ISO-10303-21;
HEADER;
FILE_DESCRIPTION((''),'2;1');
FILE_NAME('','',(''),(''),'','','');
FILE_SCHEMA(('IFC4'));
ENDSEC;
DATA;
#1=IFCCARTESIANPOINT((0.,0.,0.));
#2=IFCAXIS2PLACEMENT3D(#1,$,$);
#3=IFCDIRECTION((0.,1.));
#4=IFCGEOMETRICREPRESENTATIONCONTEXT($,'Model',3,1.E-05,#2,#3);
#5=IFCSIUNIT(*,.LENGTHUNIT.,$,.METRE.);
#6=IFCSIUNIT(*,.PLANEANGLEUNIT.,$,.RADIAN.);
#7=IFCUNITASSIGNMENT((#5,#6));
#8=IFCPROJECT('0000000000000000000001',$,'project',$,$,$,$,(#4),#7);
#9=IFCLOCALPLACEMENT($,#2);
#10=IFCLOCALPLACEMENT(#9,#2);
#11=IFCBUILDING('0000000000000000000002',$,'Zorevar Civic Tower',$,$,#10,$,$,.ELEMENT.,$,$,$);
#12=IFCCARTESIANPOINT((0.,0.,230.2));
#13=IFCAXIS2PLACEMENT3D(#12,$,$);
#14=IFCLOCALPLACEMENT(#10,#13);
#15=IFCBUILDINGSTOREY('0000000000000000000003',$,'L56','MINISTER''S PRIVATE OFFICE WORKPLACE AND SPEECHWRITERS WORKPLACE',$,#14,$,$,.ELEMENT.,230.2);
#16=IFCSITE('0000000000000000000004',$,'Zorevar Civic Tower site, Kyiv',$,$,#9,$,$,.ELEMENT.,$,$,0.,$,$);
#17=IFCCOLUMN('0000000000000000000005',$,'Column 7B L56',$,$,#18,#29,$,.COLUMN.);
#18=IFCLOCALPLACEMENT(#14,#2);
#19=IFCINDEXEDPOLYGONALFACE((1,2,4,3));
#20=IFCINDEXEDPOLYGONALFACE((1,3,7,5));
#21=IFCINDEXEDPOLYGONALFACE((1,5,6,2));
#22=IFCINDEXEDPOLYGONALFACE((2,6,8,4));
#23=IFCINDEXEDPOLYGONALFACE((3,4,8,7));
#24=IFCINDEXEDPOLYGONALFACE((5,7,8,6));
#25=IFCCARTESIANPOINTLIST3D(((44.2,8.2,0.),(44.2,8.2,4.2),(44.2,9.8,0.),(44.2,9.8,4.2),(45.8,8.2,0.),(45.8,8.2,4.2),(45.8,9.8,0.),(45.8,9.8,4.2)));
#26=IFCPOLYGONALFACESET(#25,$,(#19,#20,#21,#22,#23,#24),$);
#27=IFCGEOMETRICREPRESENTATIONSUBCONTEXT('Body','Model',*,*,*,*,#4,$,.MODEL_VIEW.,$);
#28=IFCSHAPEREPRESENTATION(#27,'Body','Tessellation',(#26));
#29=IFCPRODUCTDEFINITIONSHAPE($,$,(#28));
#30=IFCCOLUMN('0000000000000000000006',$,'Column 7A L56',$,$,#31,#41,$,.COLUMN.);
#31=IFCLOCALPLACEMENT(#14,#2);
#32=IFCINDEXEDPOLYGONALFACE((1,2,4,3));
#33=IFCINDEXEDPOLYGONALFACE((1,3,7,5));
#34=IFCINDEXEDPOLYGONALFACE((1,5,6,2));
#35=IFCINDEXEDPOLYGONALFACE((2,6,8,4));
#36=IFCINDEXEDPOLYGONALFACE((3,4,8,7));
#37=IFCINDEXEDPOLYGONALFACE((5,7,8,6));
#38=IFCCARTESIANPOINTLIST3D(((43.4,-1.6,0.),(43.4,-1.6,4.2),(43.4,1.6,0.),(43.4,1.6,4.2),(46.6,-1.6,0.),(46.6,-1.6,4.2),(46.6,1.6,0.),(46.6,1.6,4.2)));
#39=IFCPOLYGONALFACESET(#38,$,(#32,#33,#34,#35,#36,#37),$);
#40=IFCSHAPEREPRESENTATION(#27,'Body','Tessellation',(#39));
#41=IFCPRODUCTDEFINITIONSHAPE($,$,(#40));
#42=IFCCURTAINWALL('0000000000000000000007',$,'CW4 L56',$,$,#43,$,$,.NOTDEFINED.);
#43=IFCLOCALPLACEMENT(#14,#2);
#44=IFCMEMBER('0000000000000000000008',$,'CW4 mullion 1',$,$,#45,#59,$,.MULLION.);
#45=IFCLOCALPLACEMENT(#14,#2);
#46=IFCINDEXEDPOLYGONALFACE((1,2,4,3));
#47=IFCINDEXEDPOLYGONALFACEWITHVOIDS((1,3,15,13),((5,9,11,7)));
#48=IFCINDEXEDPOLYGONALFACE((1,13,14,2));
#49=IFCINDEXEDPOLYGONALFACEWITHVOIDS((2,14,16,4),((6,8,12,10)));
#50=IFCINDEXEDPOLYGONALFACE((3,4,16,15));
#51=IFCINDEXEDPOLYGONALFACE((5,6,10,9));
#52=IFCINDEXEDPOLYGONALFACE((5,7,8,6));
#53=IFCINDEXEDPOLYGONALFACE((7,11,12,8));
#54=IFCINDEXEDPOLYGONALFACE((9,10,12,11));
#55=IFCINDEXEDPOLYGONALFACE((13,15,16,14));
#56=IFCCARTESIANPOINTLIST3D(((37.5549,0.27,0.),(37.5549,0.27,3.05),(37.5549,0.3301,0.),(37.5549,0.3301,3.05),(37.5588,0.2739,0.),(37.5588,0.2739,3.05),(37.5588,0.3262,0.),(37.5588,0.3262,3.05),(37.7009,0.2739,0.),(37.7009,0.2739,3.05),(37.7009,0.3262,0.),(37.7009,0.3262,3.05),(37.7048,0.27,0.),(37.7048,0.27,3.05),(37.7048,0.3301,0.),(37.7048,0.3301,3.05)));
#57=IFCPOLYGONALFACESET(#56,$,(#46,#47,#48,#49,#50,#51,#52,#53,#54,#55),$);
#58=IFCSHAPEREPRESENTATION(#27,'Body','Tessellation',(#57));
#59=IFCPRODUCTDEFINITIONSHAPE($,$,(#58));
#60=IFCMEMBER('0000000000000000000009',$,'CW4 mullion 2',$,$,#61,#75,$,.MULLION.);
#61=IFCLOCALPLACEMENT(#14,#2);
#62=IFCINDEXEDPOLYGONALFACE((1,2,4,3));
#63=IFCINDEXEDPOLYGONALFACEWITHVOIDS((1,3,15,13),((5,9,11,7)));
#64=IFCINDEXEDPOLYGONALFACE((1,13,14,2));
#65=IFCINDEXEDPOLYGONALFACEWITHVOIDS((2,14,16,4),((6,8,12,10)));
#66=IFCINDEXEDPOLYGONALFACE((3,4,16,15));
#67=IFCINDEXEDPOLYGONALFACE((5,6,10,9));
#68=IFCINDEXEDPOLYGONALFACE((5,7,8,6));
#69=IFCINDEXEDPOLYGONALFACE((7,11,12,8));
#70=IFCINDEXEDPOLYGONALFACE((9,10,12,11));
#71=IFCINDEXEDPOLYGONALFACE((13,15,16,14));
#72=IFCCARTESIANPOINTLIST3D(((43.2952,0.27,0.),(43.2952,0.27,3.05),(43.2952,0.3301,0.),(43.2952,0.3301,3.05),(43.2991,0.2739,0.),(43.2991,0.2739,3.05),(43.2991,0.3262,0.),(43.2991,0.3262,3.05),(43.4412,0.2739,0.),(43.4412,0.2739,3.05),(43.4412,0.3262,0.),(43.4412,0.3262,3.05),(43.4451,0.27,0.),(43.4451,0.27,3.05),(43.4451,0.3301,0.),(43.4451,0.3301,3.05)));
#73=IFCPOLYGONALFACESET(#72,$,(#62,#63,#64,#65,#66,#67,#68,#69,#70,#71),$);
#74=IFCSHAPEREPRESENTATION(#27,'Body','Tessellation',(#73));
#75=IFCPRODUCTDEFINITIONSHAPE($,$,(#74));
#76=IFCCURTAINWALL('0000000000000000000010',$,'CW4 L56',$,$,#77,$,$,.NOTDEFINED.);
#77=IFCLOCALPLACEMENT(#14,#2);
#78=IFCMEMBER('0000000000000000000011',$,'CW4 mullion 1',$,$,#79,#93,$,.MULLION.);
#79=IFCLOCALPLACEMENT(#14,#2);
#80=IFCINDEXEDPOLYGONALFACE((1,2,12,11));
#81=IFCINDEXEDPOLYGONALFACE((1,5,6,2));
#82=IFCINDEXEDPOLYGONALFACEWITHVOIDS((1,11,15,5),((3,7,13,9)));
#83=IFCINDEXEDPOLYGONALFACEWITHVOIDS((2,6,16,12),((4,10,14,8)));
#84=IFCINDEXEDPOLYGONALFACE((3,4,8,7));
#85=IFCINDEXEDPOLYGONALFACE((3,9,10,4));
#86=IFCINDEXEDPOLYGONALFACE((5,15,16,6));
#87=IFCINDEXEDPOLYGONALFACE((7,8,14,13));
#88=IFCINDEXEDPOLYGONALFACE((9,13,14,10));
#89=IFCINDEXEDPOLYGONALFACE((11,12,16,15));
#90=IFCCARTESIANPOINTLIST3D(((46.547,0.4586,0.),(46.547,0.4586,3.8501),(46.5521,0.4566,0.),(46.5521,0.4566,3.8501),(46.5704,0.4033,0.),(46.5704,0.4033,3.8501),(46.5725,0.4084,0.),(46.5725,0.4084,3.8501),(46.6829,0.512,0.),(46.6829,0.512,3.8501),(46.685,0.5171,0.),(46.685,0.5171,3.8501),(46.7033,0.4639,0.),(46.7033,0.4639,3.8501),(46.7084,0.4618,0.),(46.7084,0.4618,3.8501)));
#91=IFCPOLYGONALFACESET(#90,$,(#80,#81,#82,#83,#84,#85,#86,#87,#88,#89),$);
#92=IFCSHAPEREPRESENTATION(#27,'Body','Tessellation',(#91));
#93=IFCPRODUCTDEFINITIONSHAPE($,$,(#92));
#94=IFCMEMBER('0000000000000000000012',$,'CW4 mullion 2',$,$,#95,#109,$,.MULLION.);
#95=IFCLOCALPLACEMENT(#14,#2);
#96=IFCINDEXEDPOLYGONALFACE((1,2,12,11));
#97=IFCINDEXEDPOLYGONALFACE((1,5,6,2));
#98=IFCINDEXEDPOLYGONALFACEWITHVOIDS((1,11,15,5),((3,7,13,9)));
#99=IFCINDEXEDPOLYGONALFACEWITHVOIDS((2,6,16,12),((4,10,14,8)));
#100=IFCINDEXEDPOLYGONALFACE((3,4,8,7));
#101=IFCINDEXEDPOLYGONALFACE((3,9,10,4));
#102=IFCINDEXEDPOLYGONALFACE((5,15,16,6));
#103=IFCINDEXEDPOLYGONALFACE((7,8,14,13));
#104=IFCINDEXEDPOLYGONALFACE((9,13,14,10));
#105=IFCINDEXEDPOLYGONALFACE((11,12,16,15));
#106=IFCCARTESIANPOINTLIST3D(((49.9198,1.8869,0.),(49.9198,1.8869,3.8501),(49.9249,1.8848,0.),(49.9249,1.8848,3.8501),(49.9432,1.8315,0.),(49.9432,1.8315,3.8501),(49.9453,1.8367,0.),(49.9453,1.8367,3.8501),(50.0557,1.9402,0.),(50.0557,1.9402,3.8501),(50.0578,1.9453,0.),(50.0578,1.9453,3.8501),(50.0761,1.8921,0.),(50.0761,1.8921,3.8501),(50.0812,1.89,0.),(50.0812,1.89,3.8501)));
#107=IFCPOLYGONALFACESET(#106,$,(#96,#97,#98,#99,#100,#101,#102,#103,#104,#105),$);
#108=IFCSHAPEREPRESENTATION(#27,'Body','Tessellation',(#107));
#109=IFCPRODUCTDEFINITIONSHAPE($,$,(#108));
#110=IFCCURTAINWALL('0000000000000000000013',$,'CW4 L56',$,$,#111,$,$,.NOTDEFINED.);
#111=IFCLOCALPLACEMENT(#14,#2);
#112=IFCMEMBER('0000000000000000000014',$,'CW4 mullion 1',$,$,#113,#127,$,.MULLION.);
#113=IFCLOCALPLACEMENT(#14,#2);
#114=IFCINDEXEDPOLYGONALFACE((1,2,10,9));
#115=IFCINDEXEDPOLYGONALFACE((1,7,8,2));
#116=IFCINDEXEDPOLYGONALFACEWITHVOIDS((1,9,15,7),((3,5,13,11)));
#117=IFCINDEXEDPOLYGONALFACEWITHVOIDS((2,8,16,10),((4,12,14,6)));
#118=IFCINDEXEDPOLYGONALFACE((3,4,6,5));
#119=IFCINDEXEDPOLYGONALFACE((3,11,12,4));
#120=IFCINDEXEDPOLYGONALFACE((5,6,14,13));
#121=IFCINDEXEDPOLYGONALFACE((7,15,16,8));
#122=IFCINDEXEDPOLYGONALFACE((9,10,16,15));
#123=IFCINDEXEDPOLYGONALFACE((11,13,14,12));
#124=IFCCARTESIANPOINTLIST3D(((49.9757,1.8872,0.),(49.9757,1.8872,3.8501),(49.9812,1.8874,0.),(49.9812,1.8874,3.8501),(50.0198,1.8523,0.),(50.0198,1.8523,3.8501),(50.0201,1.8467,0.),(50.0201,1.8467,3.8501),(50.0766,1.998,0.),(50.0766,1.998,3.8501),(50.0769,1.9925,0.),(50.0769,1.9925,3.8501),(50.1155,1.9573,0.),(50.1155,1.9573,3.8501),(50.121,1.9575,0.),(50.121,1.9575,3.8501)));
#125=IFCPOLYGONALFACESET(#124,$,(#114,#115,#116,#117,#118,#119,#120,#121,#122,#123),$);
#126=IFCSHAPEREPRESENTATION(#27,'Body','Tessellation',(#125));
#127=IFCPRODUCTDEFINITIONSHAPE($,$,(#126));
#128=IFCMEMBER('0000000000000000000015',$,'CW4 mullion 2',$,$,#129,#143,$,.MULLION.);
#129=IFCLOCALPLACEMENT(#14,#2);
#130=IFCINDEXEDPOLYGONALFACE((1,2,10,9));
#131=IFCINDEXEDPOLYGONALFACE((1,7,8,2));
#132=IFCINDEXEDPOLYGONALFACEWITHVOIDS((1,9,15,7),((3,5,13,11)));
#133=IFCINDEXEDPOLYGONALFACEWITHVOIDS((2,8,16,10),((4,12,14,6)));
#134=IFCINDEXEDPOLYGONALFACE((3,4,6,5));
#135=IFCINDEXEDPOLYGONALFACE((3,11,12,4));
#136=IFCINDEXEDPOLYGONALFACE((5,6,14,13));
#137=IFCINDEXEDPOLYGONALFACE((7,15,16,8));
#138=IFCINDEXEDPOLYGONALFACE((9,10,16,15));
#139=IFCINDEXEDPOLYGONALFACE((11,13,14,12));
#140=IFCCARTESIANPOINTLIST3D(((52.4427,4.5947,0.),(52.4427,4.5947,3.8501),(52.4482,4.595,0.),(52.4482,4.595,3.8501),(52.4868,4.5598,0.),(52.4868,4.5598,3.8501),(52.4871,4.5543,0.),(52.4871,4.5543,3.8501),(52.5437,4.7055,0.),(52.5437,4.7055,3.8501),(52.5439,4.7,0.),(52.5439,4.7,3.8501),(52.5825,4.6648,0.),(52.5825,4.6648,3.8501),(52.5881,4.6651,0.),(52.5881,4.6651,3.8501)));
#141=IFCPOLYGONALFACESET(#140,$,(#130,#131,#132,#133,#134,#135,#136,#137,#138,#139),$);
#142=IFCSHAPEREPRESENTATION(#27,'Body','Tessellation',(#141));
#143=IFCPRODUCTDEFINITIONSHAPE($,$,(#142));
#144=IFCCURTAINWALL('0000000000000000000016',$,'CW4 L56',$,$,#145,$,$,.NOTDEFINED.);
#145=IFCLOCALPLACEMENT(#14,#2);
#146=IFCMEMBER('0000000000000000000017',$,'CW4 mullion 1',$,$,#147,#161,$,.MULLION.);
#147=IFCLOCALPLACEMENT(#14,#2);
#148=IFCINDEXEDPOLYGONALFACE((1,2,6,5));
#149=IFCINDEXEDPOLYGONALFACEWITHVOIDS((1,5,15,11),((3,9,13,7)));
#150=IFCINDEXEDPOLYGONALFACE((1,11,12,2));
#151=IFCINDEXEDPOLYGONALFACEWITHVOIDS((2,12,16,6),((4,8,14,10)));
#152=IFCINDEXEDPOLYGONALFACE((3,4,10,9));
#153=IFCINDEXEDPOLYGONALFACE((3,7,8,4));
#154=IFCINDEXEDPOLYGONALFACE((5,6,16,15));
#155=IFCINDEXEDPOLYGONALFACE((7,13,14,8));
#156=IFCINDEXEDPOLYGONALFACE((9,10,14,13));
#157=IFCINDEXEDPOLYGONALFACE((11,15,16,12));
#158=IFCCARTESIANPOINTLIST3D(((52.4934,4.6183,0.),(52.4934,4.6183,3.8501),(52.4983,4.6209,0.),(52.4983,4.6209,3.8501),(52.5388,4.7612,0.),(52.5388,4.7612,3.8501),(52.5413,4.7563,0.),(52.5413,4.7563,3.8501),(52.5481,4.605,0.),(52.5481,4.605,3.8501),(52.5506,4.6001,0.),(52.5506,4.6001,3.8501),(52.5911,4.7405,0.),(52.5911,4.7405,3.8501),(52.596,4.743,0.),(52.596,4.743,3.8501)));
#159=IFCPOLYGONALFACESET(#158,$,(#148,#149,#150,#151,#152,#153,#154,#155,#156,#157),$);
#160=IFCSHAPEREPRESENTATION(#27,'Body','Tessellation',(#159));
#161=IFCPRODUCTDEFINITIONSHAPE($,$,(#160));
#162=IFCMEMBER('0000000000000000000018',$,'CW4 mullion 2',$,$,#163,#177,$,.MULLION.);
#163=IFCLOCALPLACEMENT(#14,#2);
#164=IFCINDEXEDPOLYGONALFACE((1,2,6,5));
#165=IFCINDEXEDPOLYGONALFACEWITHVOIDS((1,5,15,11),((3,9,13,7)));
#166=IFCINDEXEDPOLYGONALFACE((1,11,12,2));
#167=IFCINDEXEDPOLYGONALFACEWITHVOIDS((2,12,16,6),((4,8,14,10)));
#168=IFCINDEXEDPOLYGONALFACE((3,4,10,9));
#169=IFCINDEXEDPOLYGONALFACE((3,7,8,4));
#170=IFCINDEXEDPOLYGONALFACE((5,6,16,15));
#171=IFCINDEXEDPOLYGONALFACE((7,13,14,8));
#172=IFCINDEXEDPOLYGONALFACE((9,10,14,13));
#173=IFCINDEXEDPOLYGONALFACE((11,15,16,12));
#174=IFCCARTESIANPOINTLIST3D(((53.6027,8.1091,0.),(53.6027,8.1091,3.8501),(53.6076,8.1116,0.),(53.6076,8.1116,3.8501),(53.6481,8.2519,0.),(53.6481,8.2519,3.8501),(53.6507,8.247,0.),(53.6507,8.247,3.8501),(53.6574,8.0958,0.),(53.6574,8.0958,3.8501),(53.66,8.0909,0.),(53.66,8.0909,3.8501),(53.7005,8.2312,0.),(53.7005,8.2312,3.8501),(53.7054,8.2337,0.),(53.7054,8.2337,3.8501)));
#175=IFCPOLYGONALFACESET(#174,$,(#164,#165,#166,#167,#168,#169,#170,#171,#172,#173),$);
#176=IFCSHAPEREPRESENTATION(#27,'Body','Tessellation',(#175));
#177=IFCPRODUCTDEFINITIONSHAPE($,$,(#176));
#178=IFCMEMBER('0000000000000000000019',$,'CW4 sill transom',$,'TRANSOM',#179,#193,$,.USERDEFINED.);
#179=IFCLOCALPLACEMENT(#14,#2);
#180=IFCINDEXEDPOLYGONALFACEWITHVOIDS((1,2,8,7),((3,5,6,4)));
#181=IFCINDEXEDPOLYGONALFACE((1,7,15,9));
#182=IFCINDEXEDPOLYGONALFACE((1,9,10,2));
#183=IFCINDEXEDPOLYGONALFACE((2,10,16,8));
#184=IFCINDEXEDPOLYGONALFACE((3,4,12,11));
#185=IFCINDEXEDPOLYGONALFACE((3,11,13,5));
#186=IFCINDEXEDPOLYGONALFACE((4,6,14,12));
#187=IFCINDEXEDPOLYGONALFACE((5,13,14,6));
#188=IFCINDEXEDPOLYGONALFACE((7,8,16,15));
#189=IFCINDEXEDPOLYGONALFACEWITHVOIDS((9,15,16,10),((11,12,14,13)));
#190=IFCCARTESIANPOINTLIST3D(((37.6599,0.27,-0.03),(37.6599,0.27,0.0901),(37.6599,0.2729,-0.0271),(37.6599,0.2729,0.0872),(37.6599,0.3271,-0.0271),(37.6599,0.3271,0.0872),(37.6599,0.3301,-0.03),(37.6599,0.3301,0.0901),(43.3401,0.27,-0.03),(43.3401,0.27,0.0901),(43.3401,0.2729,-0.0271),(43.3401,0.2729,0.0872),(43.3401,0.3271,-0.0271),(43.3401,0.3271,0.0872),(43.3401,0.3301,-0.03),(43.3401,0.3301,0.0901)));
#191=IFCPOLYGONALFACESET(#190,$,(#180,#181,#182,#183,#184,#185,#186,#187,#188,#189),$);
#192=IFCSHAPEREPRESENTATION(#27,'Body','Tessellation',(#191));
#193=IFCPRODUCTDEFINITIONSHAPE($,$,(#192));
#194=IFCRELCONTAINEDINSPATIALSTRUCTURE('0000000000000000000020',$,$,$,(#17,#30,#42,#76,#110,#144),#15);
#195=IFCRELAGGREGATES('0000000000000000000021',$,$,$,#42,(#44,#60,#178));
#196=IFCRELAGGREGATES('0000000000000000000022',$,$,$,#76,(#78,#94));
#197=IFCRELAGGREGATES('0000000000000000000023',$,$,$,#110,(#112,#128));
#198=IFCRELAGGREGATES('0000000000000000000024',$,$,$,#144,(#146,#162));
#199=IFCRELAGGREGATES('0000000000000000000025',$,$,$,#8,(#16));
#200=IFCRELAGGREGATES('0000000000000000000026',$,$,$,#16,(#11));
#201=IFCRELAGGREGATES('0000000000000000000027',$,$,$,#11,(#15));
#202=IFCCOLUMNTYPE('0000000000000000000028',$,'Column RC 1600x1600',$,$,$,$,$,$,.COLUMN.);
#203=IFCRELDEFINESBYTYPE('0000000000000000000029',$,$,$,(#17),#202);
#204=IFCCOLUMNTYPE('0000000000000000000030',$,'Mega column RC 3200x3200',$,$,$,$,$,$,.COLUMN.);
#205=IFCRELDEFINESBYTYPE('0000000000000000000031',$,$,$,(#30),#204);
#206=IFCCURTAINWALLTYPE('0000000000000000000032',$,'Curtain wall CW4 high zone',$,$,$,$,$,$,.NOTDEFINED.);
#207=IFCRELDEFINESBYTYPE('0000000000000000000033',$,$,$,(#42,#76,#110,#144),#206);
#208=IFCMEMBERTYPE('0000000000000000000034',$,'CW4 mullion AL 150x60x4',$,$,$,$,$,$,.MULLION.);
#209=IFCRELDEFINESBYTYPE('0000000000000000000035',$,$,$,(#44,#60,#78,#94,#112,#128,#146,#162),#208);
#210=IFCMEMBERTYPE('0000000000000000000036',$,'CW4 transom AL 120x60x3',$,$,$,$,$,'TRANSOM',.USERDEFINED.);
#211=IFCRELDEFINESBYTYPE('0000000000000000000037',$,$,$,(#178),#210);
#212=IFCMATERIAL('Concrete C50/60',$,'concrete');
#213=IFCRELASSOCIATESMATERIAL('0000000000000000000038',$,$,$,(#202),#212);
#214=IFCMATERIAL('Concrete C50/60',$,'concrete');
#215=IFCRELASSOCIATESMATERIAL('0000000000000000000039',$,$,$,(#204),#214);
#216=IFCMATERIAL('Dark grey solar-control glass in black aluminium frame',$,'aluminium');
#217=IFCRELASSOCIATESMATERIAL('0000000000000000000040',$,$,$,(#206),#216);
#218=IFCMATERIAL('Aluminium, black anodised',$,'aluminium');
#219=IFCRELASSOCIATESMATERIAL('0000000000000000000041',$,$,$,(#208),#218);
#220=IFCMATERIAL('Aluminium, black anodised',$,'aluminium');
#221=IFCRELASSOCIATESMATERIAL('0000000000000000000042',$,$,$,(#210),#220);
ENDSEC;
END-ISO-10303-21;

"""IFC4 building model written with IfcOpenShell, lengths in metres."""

from ifc_helpers import new_model, si_unit, direction, frame, origin, origin_2d, place, context, subcontext, project, spatial, rectangle, hollow_rectangle, extrude, material, material_profile, profile_set, type_object, element, aggregate, save


model = new_model("IFC4")

# Units and contexts
model_context = context("Model", 3, precision=1e-05, world=origin(), true_north=direction((0.0, 1.0)))
body_context = subcontext(model_context, "Body", "Model", "MODEL_VIEW")
ifc_project = project(units=[si_unit("LENGTHUNIT", "METRE"), si_unit("PLANEANGLEUNIT", "RADIAN")], contexts=[model_context])

# Site, building, storey
site_placement = place(None, origin())
site = spatial("IfcSite", under=ifc_project, at=site_placement, Name="Zorevar Civic Tower site, Kyiv", CompositionType="ELEMENT", RefElevation=0.0)
building_placement = place(site_placement, origin())
building = spatial("IfcBuilding", under=site, at=building_placement, Name="Zorevar Civic Tower", CompositionType="ELEMENT")
storey_placement = place(building_placement, frame((0.0, 0.0, 230.2)))
storey = spatial("IfcBuildingStorey", under=building, at=storey_placement, Name="L56", Description="MINISTER'S PRIVATE OFFICE WORKPLACE AND SPEECHWRITERS WORKPLACE", CompositionType="ELEMENT", Elevation=230.2)

# Columns
ifc_material_1 = material(Name="Concrete C50/60", Category="concrete")
ifc_material_profile_1 = material_profile(ifc_material_1, rectangle(XDim=1.6001, YDim=1.6001, at=origin_2d()), Name="RC 1600x1600")
ifc_profile_set_1 = profile_set([ifc_material_profile_1], Name="Concrete C50/60")
column_type_1 = type_object("IfcColumnType", Name="Column RC 1600x1600", PredefinedType="COLUMN", material=ifc_profile_set_1)
column_1_placement = place(storey_placement, frame((45.0, 9.0, 0.0), z_axis=(0.0, 0.0, 1.0), x_axis=(1.0, 0.0, 0.0)))
element("IfcColumn", 1, at=column_1_placement, inside=storey, type_object=column_type_1, Name="Column 7B L56", PredefinedType="COLUMN", context=body_context, shape_type="SweptSolid", body=[
    extrude(rectangle(XDim=1.6001, YDim=1.6001, at=origin_2d()), origin(), (0.0, 0.0, 1.0), 4.2),
])
ifc_material_2 = material(Name="Concrete C50/60", Category="concrete")
ifc_material_profile_2 = material_profile(ifc_material_2, rectangle(XDim=3.2, YDim=3.2, at=origin_2d()), Name="RC 3200x3200")
ifc_profile_set_2 = profile_set([ifc_material_profile_2], Name="Concrete C50/60")
column_type_2 = type_object("IfcColumnType", Name="Mega column RC 3200x3200", PredefinedType="COLUMN", material=ifc_profile_set_2)
column_2_placement = place(storey_placement, frame((45.0, 0.0, 0.0), z_axis=(0.0, 0.0, 1.0), x_axis=(1.0, 0.0, 0.0)))
element("IfcColumn", 2, at=column_2_placement, inside=storey, type_object=column_type_2, Name="Column 7A L56", PredefinedType="COLUMN", context=body_context, shape_type="SweptSolid", body=[
    extrude(rectangle(XDim=3.2, YDim=3.2, at=origin_2d()), origin(), (0.0, 0.0, 1.0), 4.2),
])

# Curtain walls, members
ifc_material_3 = material(Name="Dark grey solar-control glass in black aluminium frame", Category="aluminium")
curtain_wall_type = type_object("IfcCurtainWallType", Name="Curtain wall CW4 high zone", PredefinedType="NOTDEFINED", material=ifc_material_3)
curtain_wall_1_placement = place(storey_placement, origin())
curtain_wall_1 = element("IfcCurtainWall", 3, at=curtain_wall_1_placement, inside=storey, type_object=curtain_wall_type, Name="CW4 L56", PredefinedType="NOTDEFINED")
ifc_material_4 = material(Name="Aluminium, black anodised", Category="aluminium")
ifc_material_profile_3 = material_profile(ifc_material_4, hollow_rectangle(XDim=0.0601, YDim=0.1499, WallThickness=0.0039, at=origin_2d()), Name="AL 150x60x4")
ifc_profile_set_3 = profile_set([ifc_material_profile_3], Name="Aluminium, black anodised")
member_type_1 = type_object("IfcMemberType", Name="CW4 mullion AL 150x60x4", PredefinedType="MULLION", material=ifc_profile_set_3)
member_1_placement = place(storey_placement, frame((37.6299, 0.3, 0.0), z_axis=(0.0, 0.0, 1.0), x_axis=(0.0, 1.0, 0.0)))
member_1 = element("IfcMember", 4, at=member_1_placement, type_object=member_type_1, Name="CW4 mullion 1", PredefinedType="MULLION", context=body_context, shape_type="SweptSolid", body=[
    extrude(hollow_rectangle(XDim=0.0601, YDim=0.1499, WallThickness=0.0039, at=origin_2d()), origin(), (0.0, 0.0, 1.0), 3.05),
])
member_2_placement = place(storey_placement, frame((43.3701, 0.3, 0.0), z_axis=(0.0, 0.0, 1.0), x_axis=(0.0, 1.0, 0.0)))
member_2 = element("IfcMember", 5, at=member_2_placement, type_object=member_type_1, Name="CW4 mullion 2", PredefinedType="MULLION", context=body_context, shape_type="SweptSolid", body=[
    extrude(hollow_rectangle(XDim=0.0601, YDim=0.1499, WallThickness=0.0039, at=origin_2d()), origin(), (0.0, 0.0, 1.0), 3.05),
])
curtain_wall_2_placement = place(storey_placement, origin())
curtain_wall_2 = element("IfcCurtainWall", 6, at=curtain_wall_2_placement, inside=storey, type_object=curtain_wall_type, Name="CW4 L56", PredefinedType="NOTDEFINED")
member_3_placement = place(storey_placement, frame((46.6277, 0.4602, 0.0), z_axis=(0.0, 0.0, 1.0), x_axis=(-0.389965, 0.92083, 0.0)))
member_3 = element("IfcMember", 7, at=member_3_placement, type_object=member_type_1, Name="CW4 mullion 1", PredefinedType="MULLION", context=body_context, shape_type="SweptSolid", body=[
    extrude(hollow_rectangle(XDim=0.0601, YDim=0.1499, WallThickness=0.0039, at=origin_2d()), origin(), (0.0, 0.0, 1.0), 3.8501),
])
member_4_placement = place(storey_placement, frame((50.0005, 1.8884, 0.0), z_axis=(0.0, 0.0, 1.0), x_axis=(-0.389965, 0.92083, 0.0)))
member_4 = element("IfcMember", 8, at=member_4_placement, type_object=member_type_1, Name="CW4 mullion 2", PredefinedType="MULLION", context=body_context, shape_type="SweptSolid", body=[
    extrude(hollow_rectangle(XDim=0.0601, YDim=0.1499, WallThickness=0.0039, at=origin_2d()), origin(), (0.0, 0.0, 1.0), 3.8501),
])
curtain_wall_3_placement = place(storey_placement, origin())
curtain_wall_3 = element("IfcCurtainWall", 9, at=curtain_wall_3_placement, inside=storey, type_object=curtain_wall_type, Name="CW4 L56", PredefinedType="NOTDEFINED")
member_5_placement = place(storey_placement, frame((50.0483, 1.9224, 0.0), z_axis=(0.0, 0.0, 1.0), x_axis=(-0.739157, 0.673533, 0.0)))
member_5 = element("IfcMember", 10, at=member_5_placement, type_object=member_type_1, Name="CW4 mullion 1", PredefinedType="MULLION", context=body_context, shape_type="SweptSolid", body=[
    extrude(hollow_rectangle(XDim=0.0601, YDim=0.1499, WallThickness=0.0039, at=origin_2d()), origin(), (0.0, 0.0, 1.0), 3.8501),
])
member_6_placement = place(storey_placement, frame((52.5154, 4.6299, 0.0), z_axis=(0.0, 0.0, 1.0), x_axis=(-0.739157, 0.673533, 0.0)))
member_6 = element("IfcMember", 11, at=member_6_placement, type_object=member_type_1, Name="CW4 mullion 2", PredefinedType="MULLION", context=body_context, shape_type="SweptSolid", body=[
    extrude(hollow_rectangle(XDim=0.0601, YDim=0.1499, WallThickness=0.0039, at=origin_2d()), origin(), (0.0, 0.0, 1.0), 3.8501),
])
curtain_wall_4_placement = place(storey_placement, origin())
curtain_wall_4 = element("IfcCurtainWall", 12, at=curtain_wall_4_placement, inside=storey, type_object=curtain_wall_type, Name="CW4 L56", PredefinedType="NOTDEFINED")
member_7_placement = place(storey_placement, frame((52.5447, 4.6807, 0.0), z_axis=(0.0, 0.0, 1.0), x_axis=(-0.953035, 0.302859, 0.0)))
member_7 = element("IfcMember", 13, at=member_7_placement, type_object=member_type_1, Name="CW4 mullion 1", PredefinedType="MULLION", context=body_context, shape_type="SweptSolid", body=[
    extrude(hollow_rectangle(XDim=0.0601, YDim=0.1499, WallThickness=0.0039, at=origin_2d()), origin(), (0.0, 0.0, 1.0), 3.8501),
])
member_8_placement = place(storey_placement, frame((53.6541, 8.1714, 0.0), z_axis=(0.0, 0.0, 1.0), x_axis=(-0.953035, 0.302859, 0.0)))
member_8 = element("IfcMember", 14, at=member_8_placement, type_object=member_type_1, Name="CW4 mullion 2", PredefinedType="MULLION", context=body_context, shape_type="SweptSolid", body=[
    extrude(hollow_rectangle(XDim=0.0601, YDim=0.1499, WallThickness=0.0039, at=origin_2d()), origin(), (0.0, 0.0, 1.0), 3.8501),
])

# Member
ifc_material_5 = material(Name="Aluminium, black anodised", Category="aluminium")
ifc_material_profile_4 = material_profile(ifc_material_5, hollow_rectangle(XDim=0.0601, YDim=0.1201, WallThickness=0.0029, at=origin_2d()), Name="AL 120x60x3")
ifc_profile_set_4 = profile_set([ifc_material_profile_4], Name="Aluminium, black anodised")
member_type_2 = type_object("IfcMemberType", Name="CW4 transom AL 120x60x3", ElementType="TRANSOM", PredefinedType="USERDEFINED", material=ifc_profile_set_4)
member_9_placement = place(storey_placement, frame((37.6599, 0.3, 0.03), z_axis=(1.0, 0.0, 0.0), x_axis=(0.0, 1.0, 0.0)))
member_9 = element("IfcMember", 15, at=member_9_placement, type_object=member_type_2, Name="CW4 sill transom", ObjectType="TRANSOM", PredefinedType="USERDEFINED", context=body_context, shape_type="SweptSolid", body=[
    extrude(hollow_rectangle(XDim=0.0601, YDim=0.1201, WallThickness=0.0029, at=origin_2d()), origin(), (0.0, 0.0, 1.0), 5.6802),
])

aggregate(curtain_wall_1, [member_1, member_2, member_9])
aggregate(curtain_wall_2, [member_3, member_4])
aggregate(curtain_wall_3, [member_5, member_6])
aggregate(curtain_wall_4, [member_7, member_8])

save(model, "model.ifc")
